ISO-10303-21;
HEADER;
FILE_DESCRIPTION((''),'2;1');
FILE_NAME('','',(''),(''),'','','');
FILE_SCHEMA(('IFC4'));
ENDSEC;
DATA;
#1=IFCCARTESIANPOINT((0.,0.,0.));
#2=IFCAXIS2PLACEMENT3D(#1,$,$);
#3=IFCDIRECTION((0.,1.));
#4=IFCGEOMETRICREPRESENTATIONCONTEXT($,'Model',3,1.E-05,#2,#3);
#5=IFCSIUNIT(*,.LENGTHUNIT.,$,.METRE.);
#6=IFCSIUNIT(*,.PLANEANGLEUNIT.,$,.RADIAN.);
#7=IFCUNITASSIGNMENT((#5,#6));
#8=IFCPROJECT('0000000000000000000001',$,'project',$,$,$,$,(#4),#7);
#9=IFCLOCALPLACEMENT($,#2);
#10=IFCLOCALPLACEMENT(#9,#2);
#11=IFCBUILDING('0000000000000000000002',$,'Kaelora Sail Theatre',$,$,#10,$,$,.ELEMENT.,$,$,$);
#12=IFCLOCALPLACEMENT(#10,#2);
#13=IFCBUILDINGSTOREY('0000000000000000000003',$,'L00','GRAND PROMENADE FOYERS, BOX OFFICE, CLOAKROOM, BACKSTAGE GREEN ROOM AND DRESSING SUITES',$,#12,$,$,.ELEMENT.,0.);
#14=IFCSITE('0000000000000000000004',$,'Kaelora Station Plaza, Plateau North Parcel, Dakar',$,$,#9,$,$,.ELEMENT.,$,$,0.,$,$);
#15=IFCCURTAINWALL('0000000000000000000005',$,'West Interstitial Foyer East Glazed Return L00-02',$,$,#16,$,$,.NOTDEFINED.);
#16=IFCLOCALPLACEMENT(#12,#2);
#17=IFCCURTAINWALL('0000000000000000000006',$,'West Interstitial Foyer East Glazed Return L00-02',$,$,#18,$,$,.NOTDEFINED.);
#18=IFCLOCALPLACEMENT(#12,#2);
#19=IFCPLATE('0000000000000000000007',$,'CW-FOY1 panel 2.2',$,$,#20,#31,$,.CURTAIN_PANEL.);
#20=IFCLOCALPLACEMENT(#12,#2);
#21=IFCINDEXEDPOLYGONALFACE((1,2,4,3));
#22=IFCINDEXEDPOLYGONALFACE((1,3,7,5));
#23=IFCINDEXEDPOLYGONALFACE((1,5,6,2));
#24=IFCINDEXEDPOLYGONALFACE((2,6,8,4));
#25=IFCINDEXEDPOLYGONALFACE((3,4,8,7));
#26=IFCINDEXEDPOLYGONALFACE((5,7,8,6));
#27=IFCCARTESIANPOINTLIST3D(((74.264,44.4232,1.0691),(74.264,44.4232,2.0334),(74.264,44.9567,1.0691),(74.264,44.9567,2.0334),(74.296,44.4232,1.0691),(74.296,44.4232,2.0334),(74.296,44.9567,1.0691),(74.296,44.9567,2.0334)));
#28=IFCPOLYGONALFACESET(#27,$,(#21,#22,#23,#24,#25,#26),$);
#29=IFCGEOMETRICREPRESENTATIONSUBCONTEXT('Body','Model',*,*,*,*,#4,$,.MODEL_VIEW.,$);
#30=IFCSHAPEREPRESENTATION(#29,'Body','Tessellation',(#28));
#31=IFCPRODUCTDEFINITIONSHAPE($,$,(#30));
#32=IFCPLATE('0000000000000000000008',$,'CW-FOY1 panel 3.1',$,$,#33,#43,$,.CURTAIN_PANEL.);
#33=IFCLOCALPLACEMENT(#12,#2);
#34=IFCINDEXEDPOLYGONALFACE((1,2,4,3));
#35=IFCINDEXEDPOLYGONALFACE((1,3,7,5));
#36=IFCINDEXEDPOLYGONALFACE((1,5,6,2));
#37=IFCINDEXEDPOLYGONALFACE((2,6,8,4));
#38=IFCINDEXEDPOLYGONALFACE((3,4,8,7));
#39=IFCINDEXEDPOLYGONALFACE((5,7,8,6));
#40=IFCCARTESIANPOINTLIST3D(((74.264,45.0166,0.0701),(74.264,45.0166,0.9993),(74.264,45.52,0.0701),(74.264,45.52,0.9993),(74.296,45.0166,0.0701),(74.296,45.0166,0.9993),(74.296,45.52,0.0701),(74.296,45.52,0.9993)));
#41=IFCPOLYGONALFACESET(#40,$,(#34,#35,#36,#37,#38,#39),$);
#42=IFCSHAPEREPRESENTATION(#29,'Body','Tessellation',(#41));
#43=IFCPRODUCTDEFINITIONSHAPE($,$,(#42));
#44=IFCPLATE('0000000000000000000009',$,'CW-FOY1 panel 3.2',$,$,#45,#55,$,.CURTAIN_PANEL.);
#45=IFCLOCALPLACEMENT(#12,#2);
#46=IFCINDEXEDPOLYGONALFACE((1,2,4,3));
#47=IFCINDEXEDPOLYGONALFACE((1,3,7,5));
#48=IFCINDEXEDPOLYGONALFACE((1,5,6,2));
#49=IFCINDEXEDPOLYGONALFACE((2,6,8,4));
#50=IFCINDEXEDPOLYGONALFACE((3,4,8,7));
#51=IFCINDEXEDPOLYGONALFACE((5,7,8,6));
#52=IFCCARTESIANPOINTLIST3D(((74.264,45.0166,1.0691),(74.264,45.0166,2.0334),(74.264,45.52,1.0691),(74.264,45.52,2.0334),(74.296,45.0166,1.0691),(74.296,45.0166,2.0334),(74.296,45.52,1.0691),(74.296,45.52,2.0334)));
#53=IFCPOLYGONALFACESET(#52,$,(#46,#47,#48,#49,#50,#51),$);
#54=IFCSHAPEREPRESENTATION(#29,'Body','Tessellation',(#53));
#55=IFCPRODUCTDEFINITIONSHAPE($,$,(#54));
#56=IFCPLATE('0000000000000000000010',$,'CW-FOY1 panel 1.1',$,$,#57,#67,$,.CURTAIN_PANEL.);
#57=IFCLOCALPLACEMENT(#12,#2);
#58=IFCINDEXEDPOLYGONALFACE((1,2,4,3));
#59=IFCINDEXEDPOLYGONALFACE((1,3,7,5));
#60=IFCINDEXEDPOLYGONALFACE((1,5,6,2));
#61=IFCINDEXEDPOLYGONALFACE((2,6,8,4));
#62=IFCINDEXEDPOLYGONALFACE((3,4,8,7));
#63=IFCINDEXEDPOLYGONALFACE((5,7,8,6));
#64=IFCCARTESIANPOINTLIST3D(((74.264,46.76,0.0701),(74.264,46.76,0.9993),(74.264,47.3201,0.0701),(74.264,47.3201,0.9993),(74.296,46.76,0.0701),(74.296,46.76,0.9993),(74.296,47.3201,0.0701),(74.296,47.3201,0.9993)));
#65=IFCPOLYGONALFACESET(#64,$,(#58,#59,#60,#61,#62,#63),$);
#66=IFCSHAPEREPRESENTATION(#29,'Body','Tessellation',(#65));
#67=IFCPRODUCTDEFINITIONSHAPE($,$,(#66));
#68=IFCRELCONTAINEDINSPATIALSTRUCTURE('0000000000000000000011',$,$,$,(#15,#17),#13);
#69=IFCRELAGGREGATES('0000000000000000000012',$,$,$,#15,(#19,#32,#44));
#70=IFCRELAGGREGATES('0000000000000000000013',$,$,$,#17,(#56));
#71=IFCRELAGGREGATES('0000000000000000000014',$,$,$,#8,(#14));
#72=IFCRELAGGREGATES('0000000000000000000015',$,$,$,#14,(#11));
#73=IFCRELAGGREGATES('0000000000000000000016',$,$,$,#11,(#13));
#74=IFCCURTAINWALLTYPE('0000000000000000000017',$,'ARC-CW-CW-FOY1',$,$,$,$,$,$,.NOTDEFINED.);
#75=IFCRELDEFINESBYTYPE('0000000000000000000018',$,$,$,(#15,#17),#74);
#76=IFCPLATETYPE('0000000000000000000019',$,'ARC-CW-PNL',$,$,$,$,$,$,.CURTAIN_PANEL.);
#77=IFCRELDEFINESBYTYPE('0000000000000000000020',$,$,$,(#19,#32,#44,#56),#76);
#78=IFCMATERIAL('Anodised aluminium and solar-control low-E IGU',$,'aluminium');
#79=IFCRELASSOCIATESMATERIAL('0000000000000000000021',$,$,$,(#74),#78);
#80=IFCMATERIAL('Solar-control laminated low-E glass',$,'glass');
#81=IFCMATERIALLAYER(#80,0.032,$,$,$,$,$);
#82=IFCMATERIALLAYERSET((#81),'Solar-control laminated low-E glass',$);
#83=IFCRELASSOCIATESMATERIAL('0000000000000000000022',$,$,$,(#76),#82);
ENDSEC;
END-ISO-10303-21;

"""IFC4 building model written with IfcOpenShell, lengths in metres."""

from ifc_helpers import new_model, si_unit, direction, frame, origin, origin_2d, place, context, subcontext, project, spatial, rectangle, extrude, material, layer, layer_set, type_object, element, aggregate, save


model = new_model("IFC4")

# Units and contexts
model_context = context("Model", 3, precision=1e-05, world=origin(), true_north=direction((0.0, 1.0)))
body_context = subcontext(model_context, "Body", "Model", "MODEL_VIEW")
ifc_project = project(units=[si_unit("LENGTHUNIT", "METRE"), si_unit("PLANEANGLEUNIT", "RADIAN")], contexts=[model_context])

# Site, building, storey
site_placement = place(None, origin())
site = spatial("IfcSite", under=ifc_project, at=site_placement, Name="Kaelora Station Plaza, Plateau North Parcel, Dakar", CompositionType="ELEMENT", RefElevation=0.0)
building_placement = place(site_placement, origin())
building = spatial("IfcBuilding", under=site, at=building_placement, Name="Kaelora Sail Theatre", CompositionType="ELEMENT")
storey_placement = place(building_placement, origin())
storey = spatial("IfcBuildingStorey", under=building, at=storey_placement, Name="L00", Description="GRAND PROMENADE FOYERS, BOX OFFICE, CLOAKROOM, BACKSTAGE GREEN ROOM AND DRESSING SUITES", CompositionType="ELEMENT", Elevation=0.0)

# Curtain wall
ifc_material_1 = material(Name="Anodised aluminium and solar-control low-E IGU", Category="aluminium")
curtain_wall_type = type_object("IfcCurtainWallType", Name="ARC-CW-CW-FOY1", PredefinedType="NOTDEFINED", material=ifc_material_1)
curtain_wall_1_placement = place(storey_placement, origin())
curtain_wall_1 = element("IfcCurtainWall", 1, at=curtain_wall_1_placement, inside=storey, type_object=curtain_wall_type, Name="West Interstitial Foyer East Glazed Return L00-02", PredefinedType="NOTDEFINED")

# Curtain wall
curtain_wall_2_placement = place(storey_placement, origin())
curtain_wall_2 = element("IfcCurtainWall", 2, at=curtain_wall_2_placement, inside=storey, type_object=curtain_wall_type, Name="West Interstitial Foyer East Glazed Return L00-02", PredefinedType="NOTDEFINED")

# Plates
ifc_material_2 = material(Name="Solar-control laminated low-E glass", Category="glass")
ifc_layer = layer(ifc_material_2, 0.032)
ifc_layer_set = layer_set([ifc_layer], Name="Solar-control laminated low-E glass")
plate_type = type_object("IfcPlateType", Name="ARC-CW-PNL", PredefinedType="CURTAIN_PANEL", material=ifc_layer_set)
plate_1_placement = place(storey_placement, frame((74.28, 44.6899, 1.0691), z_axis=(0.0, 0.0, 1.0), x_axis=(0.0, 1.0, 0.0)))
plate_1 = element("IfcPlate", 3, at=plate_1_placement, type_object=plate_type, Name="CW-FOY1 panel 2.2", PredefinedType="CURTAIN_PANEL", context=body_context, shape_type="SweptSolid", body=[
    extrude(rectangle(XDim=0.5334, YDim=0.032, at=origin_2d()), origin(), (0.0, 0.0, 1.0), 0.9644),
])
plate_2_placement = place(storey_placement, frame((74.28, 45.2683, 0.0701), z_axis=(0.0, 0.0, 1.0), x_axis=(0.0, 1.0, 0.0)))
plate_2 = element("IfcPlate", 4, at=plate_2_placement, type_object=plate_type, Name="CW-FOY1 panel 3.1", PredefinedType="CURTAIN_PANEL", context=body_context, shape_type="SweptSolid", body=[
    extrude(rectangle(XDim=0.5034, YDim=0.032, at=origin_2d()), origin(), (0.0, 0.0, 1.0), 0.9292),
])
plate_3_placement = place(storey_placement, frame((74.28, 45.2683, 1.0691), z_axis=(0.0, 0.0, 1.0), x_axis=(0.0, 1.0, 0.0)))
plate_3 = element("IfcPlate", 5, at=plate_3_placement, type_object=plate_type, Name="CW-FOY1 panel 3.2", PredefinedType="CURTAIN_PANEL", context=body_context, shape_type="SweptSolid", body=[
    extrude(rectangle(XDim=0.5034, YDim=0.032, at=origin_2d()), origin(), (0.0, 0.0, 1.0), 0.9644),
])
aggregate(curtain_wall_1, [plate_1, plate_2, plate_3])
plate_4_placement = place(storey_placement, frame((74.28, 47.04, 0.0701), z_axis=(0.0, 0.0, 1.0), x_axis=(0.0, 1.0, 0.0)))
plate_4 = element("IfcPlate", 6, at=plate_4_placement, type_object=plate_type, Name="CW-FOY1 panel 1.1", PredefinedType="CURTAIN_PANEL", context=body_context, shape_type="SweptSolid", body=[
    extrude(rectangle(XDim=0.5601, YDim=0.032, at=origin_2d()), origin(), (0.0, 0.0, 1.0), 0.9292),
])
aggregate(curtain_wall_2, [plate_4])

save(model, "model.ifc")
